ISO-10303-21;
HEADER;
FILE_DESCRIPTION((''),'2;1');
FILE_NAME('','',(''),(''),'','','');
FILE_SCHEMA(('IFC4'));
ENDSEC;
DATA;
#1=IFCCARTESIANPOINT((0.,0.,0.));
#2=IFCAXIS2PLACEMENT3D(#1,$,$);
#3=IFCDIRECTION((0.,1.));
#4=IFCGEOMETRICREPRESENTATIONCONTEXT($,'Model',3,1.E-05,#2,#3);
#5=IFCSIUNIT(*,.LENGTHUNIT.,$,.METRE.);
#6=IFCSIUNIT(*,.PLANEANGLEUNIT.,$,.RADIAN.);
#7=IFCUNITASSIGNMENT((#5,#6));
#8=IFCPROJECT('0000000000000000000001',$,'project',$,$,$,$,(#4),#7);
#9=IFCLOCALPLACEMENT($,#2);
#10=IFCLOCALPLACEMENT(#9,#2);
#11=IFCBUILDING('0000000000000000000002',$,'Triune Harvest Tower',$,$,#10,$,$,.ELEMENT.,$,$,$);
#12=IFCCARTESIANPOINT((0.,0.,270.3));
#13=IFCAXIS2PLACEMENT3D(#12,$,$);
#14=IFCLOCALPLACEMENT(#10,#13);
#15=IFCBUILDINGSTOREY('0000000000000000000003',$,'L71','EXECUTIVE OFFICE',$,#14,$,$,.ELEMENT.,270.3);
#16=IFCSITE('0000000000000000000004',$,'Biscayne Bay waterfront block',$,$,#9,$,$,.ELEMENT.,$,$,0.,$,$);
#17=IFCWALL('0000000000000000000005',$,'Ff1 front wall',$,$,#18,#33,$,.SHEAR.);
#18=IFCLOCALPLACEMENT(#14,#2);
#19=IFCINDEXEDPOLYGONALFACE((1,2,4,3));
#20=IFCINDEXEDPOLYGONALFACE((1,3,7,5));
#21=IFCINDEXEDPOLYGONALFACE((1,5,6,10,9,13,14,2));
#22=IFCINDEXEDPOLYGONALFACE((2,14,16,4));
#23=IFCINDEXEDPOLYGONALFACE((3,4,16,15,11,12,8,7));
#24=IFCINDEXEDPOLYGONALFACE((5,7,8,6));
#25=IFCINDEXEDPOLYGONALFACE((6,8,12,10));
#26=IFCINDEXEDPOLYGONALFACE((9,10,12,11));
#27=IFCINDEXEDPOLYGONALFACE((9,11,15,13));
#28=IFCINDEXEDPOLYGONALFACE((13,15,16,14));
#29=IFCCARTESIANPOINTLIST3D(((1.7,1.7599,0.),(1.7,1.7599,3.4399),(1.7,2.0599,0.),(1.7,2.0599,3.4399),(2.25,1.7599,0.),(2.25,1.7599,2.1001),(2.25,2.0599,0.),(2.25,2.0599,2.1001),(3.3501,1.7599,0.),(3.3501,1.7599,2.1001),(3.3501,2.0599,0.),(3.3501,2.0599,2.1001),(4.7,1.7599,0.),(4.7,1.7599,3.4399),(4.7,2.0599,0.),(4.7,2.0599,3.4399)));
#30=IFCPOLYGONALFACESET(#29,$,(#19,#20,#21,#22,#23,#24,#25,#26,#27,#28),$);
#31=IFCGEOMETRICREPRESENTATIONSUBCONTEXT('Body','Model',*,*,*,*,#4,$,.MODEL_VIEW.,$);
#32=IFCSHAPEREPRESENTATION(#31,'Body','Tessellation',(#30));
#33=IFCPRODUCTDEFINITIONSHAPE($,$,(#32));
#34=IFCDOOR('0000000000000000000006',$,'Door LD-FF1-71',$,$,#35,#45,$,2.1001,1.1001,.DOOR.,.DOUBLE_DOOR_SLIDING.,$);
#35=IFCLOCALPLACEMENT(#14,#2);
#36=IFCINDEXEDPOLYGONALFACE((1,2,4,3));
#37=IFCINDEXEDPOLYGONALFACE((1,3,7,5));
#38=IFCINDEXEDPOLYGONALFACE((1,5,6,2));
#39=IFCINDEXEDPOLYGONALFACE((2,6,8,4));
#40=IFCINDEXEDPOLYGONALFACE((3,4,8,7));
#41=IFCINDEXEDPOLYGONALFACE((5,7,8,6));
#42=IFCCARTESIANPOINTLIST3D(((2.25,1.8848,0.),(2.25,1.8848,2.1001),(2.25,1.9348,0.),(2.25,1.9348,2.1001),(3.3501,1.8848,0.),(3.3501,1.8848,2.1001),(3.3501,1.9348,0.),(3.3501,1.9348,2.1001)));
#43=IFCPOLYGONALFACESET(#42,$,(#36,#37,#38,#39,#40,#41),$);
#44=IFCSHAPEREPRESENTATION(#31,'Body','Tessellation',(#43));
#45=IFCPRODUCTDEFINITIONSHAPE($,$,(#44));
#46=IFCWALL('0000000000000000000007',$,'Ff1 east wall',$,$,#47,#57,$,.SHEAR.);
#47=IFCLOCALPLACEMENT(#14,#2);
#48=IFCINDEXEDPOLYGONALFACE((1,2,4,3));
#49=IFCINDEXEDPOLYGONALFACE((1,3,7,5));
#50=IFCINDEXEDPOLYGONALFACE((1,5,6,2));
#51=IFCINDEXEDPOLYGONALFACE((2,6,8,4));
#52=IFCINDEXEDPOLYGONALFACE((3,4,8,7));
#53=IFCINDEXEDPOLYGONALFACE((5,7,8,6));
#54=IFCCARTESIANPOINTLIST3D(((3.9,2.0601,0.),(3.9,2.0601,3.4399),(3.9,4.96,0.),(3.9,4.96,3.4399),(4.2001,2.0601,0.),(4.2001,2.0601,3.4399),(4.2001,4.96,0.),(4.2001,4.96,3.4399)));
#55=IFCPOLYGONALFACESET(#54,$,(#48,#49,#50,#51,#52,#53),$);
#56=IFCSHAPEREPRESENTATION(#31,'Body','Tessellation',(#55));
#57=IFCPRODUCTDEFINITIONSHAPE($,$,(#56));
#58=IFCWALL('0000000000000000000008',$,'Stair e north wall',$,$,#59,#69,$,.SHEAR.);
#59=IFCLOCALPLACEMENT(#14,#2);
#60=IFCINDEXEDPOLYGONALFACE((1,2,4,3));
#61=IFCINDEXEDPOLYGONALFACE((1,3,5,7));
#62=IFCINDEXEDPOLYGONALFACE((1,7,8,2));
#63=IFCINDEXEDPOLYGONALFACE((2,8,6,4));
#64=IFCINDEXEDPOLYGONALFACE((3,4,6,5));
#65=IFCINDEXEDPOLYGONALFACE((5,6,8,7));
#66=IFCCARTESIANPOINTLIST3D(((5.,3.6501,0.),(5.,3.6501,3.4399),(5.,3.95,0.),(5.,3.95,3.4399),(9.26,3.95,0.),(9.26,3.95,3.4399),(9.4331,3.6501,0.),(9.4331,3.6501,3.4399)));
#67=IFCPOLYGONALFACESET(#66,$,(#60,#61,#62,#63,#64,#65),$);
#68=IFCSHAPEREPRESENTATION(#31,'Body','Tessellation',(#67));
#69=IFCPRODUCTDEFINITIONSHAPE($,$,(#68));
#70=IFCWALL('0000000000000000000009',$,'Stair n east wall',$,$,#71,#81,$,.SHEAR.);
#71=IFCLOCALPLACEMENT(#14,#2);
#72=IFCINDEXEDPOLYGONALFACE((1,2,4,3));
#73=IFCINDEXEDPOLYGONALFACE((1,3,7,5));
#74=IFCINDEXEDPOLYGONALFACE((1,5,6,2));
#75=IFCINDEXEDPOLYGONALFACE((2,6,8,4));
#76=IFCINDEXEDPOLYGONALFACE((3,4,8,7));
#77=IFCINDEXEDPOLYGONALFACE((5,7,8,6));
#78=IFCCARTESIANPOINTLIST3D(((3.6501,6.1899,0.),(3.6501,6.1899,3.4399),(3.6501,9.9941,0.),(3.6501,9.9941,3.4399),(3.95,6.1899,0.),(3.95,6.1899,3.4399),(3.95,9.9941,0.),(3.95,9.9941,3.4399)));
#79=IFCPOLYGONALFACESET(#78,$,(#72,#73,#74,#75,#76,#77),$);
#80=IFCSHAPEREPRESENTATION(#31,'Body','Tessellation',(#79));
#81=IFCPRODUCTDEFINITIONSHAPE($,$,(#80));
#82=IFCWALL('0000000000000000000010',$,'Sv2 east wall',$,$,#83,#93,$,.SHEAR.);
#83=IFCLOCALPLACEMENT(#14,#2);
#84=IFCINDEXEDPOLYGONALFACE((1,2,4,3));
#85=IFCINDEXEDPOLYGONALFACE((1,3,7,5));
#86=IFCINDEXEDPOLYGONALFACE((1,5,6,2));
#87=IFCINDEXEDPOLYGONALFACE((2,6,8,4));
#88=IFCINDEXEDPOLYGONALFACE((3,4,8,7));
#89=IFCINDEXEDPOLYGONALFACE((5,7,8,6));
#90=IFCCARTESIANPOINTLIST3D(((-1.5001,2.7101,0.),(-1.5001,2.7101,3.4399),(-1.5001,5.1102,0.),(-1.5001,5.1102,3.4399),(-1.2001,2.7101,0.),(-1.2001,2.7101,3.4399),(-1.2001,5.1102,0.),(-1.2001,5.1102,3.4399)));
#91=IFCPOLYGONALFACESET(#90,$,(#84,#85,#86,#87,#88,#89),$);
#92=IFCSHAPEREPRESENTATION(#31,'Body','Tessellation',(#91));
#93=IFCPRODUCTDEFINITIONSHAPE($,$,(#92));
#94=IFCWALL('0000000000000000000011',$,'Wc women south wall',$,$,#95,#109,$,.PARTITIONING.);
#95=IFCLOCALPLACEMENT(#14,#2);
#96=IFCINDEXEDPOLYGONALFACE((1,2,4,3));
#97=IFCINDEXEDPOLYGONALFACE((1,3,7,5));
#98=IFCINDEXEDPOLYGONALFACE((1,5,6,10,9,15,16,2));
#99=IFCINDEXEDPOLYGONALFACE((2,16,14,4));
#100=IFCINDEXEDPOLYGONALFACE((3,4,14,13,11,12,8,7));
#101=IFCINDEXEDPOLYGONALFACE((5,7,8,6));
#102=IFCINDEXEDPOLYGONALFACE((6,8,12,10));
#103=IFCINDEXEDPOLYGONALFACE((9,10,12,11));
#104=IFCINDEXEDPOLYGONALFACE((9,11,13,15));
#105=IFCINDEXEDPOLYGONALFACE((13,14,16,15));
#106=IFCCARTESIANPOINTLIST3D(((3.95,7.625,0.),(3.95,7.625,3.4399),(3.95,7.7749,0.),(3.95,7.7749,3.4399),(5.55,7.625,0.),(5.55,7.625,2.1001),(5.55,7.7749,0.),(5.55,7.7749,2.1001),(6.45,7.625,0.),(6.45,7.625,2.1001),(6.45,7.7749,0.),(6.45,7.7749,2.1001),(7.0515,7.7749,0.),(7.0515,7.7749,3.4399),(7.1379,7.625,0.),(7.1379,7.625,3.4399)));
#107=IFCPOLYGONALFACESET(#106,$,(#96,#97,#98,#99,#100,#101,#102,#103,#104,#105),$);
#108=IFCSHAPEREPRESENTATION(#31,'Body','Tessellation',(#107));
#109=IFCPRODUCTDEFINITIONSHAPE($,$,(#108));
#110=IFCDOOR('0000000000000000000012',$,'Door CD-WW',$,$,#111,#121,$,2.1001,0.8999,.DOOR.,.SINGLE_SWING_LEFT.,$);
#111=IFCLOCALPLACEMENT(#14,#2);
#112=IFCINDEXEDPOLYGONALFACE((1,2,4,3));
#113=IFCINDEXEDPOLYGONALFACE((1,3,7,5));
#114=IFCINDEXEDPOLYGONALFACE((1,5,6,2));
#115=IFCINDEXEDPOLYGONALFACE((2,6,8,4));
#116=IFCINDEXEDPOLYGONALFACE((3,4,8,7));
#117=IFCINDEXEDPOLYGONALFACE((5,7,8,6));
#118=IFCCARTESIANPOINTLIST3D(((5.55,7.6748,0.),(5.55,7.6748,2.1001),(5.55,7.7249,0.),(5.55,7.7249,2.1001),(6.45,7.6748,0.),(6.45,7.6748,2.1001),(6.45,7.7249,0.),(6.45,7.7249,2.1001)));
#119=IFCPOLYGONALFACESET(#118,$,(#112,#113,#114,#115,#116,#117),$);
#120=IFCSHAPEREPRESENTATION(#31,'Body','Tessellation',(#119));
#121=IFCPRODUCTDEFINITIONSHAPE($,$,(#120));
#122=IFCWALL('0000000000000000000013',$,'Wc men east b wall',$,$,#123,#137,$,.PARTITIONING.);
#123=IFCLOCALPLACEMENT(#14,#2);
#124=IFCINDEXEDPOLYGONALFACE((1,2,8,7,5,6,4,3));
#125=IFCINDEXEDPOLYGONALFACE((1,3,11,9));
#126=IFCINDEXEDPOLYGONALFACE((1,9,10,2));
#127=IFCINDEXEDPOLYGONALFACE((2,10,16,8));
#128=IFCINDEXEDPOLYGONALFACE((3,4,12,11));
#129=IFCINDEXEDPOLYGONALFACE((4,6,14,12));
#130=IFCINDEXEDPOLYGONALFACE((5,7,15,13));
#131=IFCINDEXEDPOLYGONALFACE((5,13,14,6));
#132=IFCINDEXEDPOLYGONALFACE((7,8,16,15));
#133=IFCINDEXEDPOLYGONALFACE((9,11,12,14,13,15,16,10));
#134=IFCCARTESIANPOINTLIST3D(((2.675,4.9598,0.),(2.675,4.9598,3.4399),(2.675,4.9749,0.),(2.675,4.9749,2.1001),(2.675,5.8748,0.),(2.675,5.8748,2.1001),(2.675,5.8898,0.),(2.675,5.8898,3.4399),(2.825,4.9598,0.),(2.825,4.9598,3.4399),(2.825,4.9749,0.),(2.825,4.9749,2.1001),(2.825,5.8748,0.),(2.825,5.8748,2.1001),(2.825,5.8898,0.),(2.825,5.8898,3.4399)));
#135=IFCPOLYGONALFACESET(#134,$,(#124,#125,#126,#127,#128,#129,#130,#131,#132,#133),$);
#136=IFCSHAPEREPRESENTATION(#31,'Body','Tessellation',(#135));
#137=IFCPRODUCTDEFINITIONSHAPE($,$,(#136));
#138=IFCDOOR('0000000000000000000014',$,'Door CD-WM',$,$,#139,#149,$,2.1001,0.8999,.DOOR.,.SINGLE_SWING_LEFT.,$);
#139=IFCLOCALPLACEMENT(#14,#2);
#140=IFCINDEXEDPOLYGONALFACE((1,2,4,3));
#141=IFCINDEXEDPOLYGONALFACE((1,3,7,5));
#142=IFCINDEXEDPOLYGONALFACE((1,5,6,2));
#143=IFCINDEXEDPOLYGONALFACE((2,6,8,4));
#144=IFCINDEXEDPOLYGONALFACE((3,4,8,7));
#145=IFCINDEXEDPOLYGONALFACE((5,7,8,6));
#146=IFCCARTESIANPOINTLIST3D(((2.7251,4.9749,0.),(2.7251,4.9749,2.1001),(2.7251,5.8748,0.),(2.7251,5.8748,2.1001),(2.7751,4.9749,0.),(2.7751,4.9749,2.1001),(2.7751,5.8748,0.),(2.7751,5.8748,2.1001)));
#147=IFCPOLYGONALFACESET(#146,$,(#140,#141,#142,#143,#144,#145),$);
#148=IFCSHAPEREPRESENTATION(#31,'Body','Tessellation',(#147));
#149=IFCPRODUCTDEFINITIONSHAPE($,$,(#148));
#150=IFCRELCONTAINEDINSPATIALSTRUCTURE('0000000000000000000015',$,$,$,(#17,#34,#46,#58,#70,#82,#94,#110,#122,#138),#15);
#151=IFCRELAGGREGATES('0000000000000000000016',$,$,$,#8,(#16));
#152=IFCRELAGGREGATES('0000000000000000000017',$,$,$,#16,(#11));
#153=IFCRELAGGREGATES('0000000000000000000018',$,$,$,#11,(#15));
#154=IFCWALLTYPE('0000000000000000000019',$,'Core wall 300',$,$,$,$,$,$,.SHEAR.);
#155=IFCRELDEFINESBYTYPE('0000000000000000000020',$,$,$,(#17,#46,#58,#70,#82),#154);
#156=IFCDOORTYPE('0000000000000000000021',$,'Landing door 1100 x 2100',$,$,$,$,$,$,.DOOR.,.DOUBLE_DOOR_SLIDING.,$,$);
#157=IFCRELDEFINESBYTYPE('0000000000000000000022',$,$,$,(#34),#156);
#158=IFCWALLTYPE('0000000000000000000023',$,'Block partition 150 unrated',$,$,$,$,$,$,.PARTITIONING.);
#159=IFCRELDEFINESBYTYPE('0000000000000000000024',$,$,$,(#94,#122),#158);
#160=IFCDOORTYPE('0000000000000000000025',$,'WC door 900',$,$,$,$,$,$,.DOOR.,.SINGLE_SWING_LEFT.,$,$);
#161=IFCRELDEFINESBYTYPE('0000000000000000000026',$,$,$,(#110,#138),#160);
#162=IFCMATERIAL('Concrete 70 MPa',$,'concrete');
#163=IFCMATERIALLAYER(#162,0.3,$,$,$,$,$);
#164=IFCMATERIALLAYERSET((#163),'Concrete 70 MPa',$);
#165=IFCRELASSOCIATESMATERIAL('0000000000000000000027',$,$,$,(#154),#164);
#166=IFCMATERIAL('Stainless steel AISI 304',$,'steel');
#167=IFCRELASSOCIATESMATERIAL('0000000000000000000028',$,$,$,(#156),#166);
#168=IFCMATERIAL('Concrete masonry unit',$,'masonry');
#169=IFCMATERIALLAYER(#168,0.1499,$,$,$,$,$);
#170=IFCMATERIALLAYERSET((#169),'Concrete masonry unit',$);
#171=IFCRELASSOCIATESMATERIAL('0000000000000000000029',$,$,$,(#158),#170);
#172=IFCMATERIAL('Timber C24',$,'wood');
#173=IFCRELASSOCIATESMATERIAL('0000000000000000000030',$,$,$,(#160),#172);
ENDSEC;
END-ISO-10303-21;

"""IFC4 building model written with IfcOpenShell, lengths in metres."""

from ifc_helpers import new_model, si_unit, direction, frame, frame_2d, origin, place, context, subcontext, project, spatial, polyline, rectangle, outline, extrude, source, transform, mapped, material, layer, layer_set, type_object, element, fill, save


model = new_model("IFC4")

# Units and contexts
model_context = context("Model", 3, precision=1e-05, world=origin(), true_north=direction((0.0, 1.0)))
body_context = subcontext(model_context, "Body", "Model", "MODEL_VIEW")
ifc_project = project(units=[si_unit("LENGTHUNIT", "METRE"), si_unit("PLANEANGLEUNIT", "RADIAN")], contexts=[model_context])

# Site, building, storey
site_placement = place(None, origin())
site = spatial("IfcSite", under=ifc_project, at=site_placement, Name="Biscayne Bay waterfront block", CompositionType="ELEMENT", RefElevation=0.0)
building_placement = place(site_placement, origin())
building = spatial("IfcBuilding", under=site, at=building_placement, Name="Triune Harvest Tower", CompositionType="ELEMENT")
storey_placement = place(building_placement, frame((0.0, 0.0, 270.3)))
storey = spatial("IfcBuildingStorey", under=building, at=storey_placement, Name="L71", Description="EXECUTIVE OFFICE", CompositionType="ELEMENT", Elevation=270.3)

# Shared definitions
ifc_material_1 = material(Name="Concrete 70 MPa", Category="concrete")
ifc_layer_1 = layer(ifc_material_1, 0.3)
ifc_layer_set_1 = layer_set([ifc_layer_1], Name="Concrete 70 MPa")
wall_type_1 = type_object("IfcWallType", Name="Core wall 300", PredefinedType="SHEAR", material=ifc_layer_set_1)

# Wall, opening, door
shared_shape_1 = source(origin(), body_context, "Body", "SweptSolid", [
    extrude(rectangle(XDim=3.0, YDim=0.3, at=frame_2d((1.5, 0.0))), origin(), (0.0, 0.0, 1.0), 3.4399),
])
wall_1_placement = place(storey_placement, frame((1.7, 1.9099, 0.0), z_axis=(0.0, 0.0, 1.0), x_axis=(1.0, 0.0, 0.0)))
wall_1 = element("IfcWall", 1, at=wall_1_placement, inside=storey, type_object=wall_type_1, Name="Ff1 front wall", PredefinedType="SHEAR", context=body_context, shape_type="MappedRepresentation", body=[
    mapped(shared_shape_1, transform((0.0, 0.0, 0.0), scale=1.0)),
])
opening_1_placement = place(wall_1_placement, frame((0.55, 0.0, 0.0)))
opening_1 = element("IfcOpeningElement", 2, at=opening_1_placement, cuts=wall_1, PredefinedType="OPENING", context=body_context, shape_type="SweptSolid", body=[
    extrude(rectangle(XDim=1.1001, YDim=2.1001, at=frame_2d((0.55, 1.05))), frame((0.0, 0.1602, 0.0), z_axis=(0.0, -1.0, 0.0), x_axis=(1.0, 0.0, 0.0)), (0.0, 0.0, 1.0), 0.3201),
])
ifc_material_2 = material(Name="Stainless steel AISI 304", Category="steel")
door_type_1 = type_object("IfcDoorType", Name="Landing door 1100 x 2100", OperationType="DOUBLE_DOOR_SLIDING", PredefinedType="DOOR", material=ifc_material_2)
door_1_placement = place(opening_1_placement, origin())
door_1 = element("IfcDoor", 3, at=door_1_placement, inside=storey, type_object=door_type_1, Name="Door LD-FF1-71", OperationType="DOUBLE_DOOR_SLIDING", OverallHeight=2.1001, OverallWidth=1.1001, PredefinedType="DOOR", context=body_context, shape_type="SweptSolid", body=[
    extrude(rectangle(XDim=1.1001, YDim=2.1001, at=frame_2d((0.55, 1.05))), frame((0.0, 0.0249, 0.0), z_axis=(0.0, -1.0, 0.0), x_axis=(1.0, 0.0, 0.0)), (0.0, 0.0, 1.0), 0.05),
])
fill(opening_1, door_1)

# Walls
shared_shape_2 = source(origin(), body_context, "Body", "SweptSolid", [
    extrude(rectangle(XDim=2.8999, YDim=0.3, at=frame_2d((1.45, 0.0))), origin(), (0.0, 0.0, 1.0), 3.4399),
])
wall_2_placement = place(storey_placement, frame((4.05, 2.0601, 0.0), z_axis=(0.0, 0.0, 1.0), x_axis=(0.0, 1.0, 0.0)))
element("IfcWall", 4, at=wall_2_placement, inside=storey, type_object=wall_type_1, Name="Ff1 east wall", PredefinedType="SHEAR", context=body_context, shape_type="MappedRepresentation", body=[
    mapped(shared_shape_2, transform((0.0, 0.0, 0.0), scale=1.0)),
])
shared_shape_3 = source(origin(), body_context, "Body", "SweptSolid", [
    extrude(outline(polyline([(0.0, -0.1499), (0.0, 0.1499), (4.26, 0.1499), (4.4331, -0.1499), (0.0, -0.1499)])), origin(), (0.0, 0.0, 1.0), 3.4399),
])
wall_3_placement = place(storey_placement, frame((5.0, 3.8, 0.0), z_axis=(0.0, 0.0, 1.0), x_axis=(1.0, 0.0, 0.0)))
element("IfcWall", 5, at=wall_3_placement, inside=storey, type_object=wall_type_1, Name="Stair e north wall", PredefinedType="SHEAR", context=body_context, shape_type="MappedRepresentation", body=[
    mapped(shared_shape_3, transform((0.0, 0.0, 0.0), scale=1.0)),
])
shared_shape_4 = source(origin(), body_context, "Body", "SweptSolid", [
    extrude(outline(polyline([(0.0, -0.1499), (0.0, 0.1499), (3.8042, 0.1499), (3.8042, -0.1499), (0.0, -0.1499)])), origin(), (0.0, 0.0, 1.0), 3.4399),
])
wall_4_placement = place(storey_placement, frame((3.8, 6.1899, 0.0), z_axis=(0.0, 0.0, 1.0), x_axis=(0.0, 1.0, 0.0)))
element("IfcWall", 6, at=wall_4_placement, inside=storey, type_object=wall_type_1, Name="Stair n east wall", PredefinedType="SHEAR", context=body_context, shape_type="MappedRepresentation", body=[
    mapped(shared_shape_4, transform((0.0, 0.0, 0.0), scale=1.0)),
])
shared_shape_5 = source(origin(), body_context, "Body", "SweptSolid", [
    extrude(rectangle(XDim=2.4001, YDim=0.3, at=frame_2d((1.2002, 0.0))), origin(), (0.0, 0.0, 1.0), 3.4399),
])
wall_5_placement = place(storey_placement, frame((-1.3501, 2.71, 0.0), z_axis=(0.0, 0.0, 1.0), x_axis=(0.0, 1.0, 0.0)))
element("IfcWall", 7, at=wall_5_placement, inside=storey, type_object=wall_type_1, Name="Sv2 east wall", PredefinedType="SHEAR", context=body_context, shape_type="MappedRepresentation", body=[
    mapped(shared_shape_5, transform((0.0, 0.0, 0.0), scale=1.0)),
])

# Walls, openings, doors
ifc_material_3 = material(Name="Concrete masonry unit", Category="masonry")
ifc_layer_2 = layer(ifc_material_3, 0.1499)
ifc_layer_set_2 = layer_set([ifc_layer_2], Name="Concrete masonry unit")
wall_type_2 = type_object("IfcWallType", Name="Block partition 150 unrated", PredefinedType="PARTITIONING", material=ifc_layer_set_2)
shared_shape_6 = source(origin(), body_context, "Body", "SweptSolid", [
    extrude(outline(polyline([(0.0, -0.075), (0.0, 0.075), (3.1016, 0.075), (3.188, -0.075), (0.0, -0.075)])), origin(), (0.0, 0.0, 1.0), 3.4399),
])
wall_6_placement = place(storey_placement, frame((3.95, 7.7, 0.0), z_axis=(0.0, 0.0, 1.0), x_axis=(1.0, 0.0, 0.0)))
wall_6 = element("IfcWall", 8, at=wall_6_placement, inside=storey, type_object=wall_type_2, Name="Wc women south wall", PredefinedType="PARTITIONING", context=body_context, shape_type="MappedRepresentation", body=[
    mapped(shared_shape_6, transform((0.0, 0.0, 0.0), scale=1.0)),
])
opening_2_placement = place(wall_6_placement, frame((1.6001, 0.0, 0.0)))
opening_2 = element("IfcOpeningElement", 9, at=opening_2_placement, cuts=wall_6, PredefinedType="OPENING", context=body_context, shape_type="SweptSolid", body=[
    extrude(rectangle(XDim=0.8999, YDim=2.1001, at=frame_2d((0.45, 1.05))), frame((0.0, 0.085, 0.0), z_axis=(0.0, -1.0, 0.0), x_axis=(1.0, 0.0, 0.0)), (0.0, 0.0, 1.0), 0.1699),
])
ifc_material_4 = material(Name="Timber C24", Category="wood")
door_type_2 = type_object("IfcDoorType", Name="WC door 900", OperationType="SINGLE_SWING_LEFT", PredefinedType="DOOR", material=ifc_material_4)
door_2_placement = place(opening_2_placement, origin())
door_2 = element("IfcDoor", 10, at=door_2_placement, inside=storey, type_object=door_type_2, Name="Door CD-WW", OperationType="SINGLE_SWING_LEFT", OverallHeight=2.1001, OverallWidth=0.8999, PredefinedType="DOOR", context=body_context, shape_type="SweptSolid", body=[
    extrude(rectangle(XDim=0.8999, YDim=2.1001, at=frame_2d((0.45, 1.05))), frame((0.0, 0.0249, 0.0), z_axis=(0.0, -1.0, 0.0), x_axis=(1.0, 0.0, 0.0)), (0.0, 0.0, 1.0), 0.05),
])
fill(opening_2, door_2)
shared_shape_7 = source(origin(), body_context, "Body", "SweptSolid", [
    extrude(rectangle(XDim=0.9299, YDim=0.1499, at=frame_2d((0.4648, 0.0))), origin(), (0.0, 0.0, 1.0), 3.4399),
])
wall_7_placement = place(storey_placement, frame((2.75, 4.96, 0.0), z_axis=(0.0, 0.0, 1.0), x_axis=(0.0, 1.0, 0.0)))
wall_7 = element("IfcWall", 11, at=wall_7_placement, inside=storey, type_object=wall_type_2, Name="Wc men east b wall", PredefinedType="PARTITIONING", context=body_context, shape_type="MappedRepresentation", body=[
    mapped(shared_shape_7, transform((0.0, 0.0, 0.0), scale=1.0)),
])
opening_3_placement = place(wall_7_placement, frame((0.0149, 0.0, 0.0)))
opening_3 = element("IfcOpeningElement", 12, at=opening_3_placement, cuts=wall_7, PredefinedType="OPENING", context=body_context, shape_type="SweptSolid", body=[
    extrude(rectangle(XDim=0.8999, YDim=2.1001, at=frame_2d((0.45, 1.05))), frame((0.0, 0.085, 0.0), z_axis=(0.0, -1.0, 0.0), x_axis=(1.0, 0.0, 0.0)), (0.0, 0.0, 1.0), 0.1699),
])
door_3_placement = place(opening_3_placement, origin())
door_3 = element("IfcDoor", 13, at=door_3_placement, inside=storey, type_object=door_type_2, Name="Door CD-WM", OperationType="SINGLE_SWING_LEFT", OverallHeight=2.1001, OverallWidth=0.8999, PredefinedType="DOOR", context=body_context, shape_type="SweptSolid", body=[
    extrude(rectangle(XDim=0.8999, YDim=2.1001, at=frame_2d((0.45, 1.05))), frame((0.0, 0.0249, 0.0), z_axis=(0.0, -1.0, 0.0), x_axis=(1.0, 0.0, 0.0)), (0.0, 0.0, 1.0), 0.05),
])
fill(opening_3, door_3)

save(model, "model.ifc")
